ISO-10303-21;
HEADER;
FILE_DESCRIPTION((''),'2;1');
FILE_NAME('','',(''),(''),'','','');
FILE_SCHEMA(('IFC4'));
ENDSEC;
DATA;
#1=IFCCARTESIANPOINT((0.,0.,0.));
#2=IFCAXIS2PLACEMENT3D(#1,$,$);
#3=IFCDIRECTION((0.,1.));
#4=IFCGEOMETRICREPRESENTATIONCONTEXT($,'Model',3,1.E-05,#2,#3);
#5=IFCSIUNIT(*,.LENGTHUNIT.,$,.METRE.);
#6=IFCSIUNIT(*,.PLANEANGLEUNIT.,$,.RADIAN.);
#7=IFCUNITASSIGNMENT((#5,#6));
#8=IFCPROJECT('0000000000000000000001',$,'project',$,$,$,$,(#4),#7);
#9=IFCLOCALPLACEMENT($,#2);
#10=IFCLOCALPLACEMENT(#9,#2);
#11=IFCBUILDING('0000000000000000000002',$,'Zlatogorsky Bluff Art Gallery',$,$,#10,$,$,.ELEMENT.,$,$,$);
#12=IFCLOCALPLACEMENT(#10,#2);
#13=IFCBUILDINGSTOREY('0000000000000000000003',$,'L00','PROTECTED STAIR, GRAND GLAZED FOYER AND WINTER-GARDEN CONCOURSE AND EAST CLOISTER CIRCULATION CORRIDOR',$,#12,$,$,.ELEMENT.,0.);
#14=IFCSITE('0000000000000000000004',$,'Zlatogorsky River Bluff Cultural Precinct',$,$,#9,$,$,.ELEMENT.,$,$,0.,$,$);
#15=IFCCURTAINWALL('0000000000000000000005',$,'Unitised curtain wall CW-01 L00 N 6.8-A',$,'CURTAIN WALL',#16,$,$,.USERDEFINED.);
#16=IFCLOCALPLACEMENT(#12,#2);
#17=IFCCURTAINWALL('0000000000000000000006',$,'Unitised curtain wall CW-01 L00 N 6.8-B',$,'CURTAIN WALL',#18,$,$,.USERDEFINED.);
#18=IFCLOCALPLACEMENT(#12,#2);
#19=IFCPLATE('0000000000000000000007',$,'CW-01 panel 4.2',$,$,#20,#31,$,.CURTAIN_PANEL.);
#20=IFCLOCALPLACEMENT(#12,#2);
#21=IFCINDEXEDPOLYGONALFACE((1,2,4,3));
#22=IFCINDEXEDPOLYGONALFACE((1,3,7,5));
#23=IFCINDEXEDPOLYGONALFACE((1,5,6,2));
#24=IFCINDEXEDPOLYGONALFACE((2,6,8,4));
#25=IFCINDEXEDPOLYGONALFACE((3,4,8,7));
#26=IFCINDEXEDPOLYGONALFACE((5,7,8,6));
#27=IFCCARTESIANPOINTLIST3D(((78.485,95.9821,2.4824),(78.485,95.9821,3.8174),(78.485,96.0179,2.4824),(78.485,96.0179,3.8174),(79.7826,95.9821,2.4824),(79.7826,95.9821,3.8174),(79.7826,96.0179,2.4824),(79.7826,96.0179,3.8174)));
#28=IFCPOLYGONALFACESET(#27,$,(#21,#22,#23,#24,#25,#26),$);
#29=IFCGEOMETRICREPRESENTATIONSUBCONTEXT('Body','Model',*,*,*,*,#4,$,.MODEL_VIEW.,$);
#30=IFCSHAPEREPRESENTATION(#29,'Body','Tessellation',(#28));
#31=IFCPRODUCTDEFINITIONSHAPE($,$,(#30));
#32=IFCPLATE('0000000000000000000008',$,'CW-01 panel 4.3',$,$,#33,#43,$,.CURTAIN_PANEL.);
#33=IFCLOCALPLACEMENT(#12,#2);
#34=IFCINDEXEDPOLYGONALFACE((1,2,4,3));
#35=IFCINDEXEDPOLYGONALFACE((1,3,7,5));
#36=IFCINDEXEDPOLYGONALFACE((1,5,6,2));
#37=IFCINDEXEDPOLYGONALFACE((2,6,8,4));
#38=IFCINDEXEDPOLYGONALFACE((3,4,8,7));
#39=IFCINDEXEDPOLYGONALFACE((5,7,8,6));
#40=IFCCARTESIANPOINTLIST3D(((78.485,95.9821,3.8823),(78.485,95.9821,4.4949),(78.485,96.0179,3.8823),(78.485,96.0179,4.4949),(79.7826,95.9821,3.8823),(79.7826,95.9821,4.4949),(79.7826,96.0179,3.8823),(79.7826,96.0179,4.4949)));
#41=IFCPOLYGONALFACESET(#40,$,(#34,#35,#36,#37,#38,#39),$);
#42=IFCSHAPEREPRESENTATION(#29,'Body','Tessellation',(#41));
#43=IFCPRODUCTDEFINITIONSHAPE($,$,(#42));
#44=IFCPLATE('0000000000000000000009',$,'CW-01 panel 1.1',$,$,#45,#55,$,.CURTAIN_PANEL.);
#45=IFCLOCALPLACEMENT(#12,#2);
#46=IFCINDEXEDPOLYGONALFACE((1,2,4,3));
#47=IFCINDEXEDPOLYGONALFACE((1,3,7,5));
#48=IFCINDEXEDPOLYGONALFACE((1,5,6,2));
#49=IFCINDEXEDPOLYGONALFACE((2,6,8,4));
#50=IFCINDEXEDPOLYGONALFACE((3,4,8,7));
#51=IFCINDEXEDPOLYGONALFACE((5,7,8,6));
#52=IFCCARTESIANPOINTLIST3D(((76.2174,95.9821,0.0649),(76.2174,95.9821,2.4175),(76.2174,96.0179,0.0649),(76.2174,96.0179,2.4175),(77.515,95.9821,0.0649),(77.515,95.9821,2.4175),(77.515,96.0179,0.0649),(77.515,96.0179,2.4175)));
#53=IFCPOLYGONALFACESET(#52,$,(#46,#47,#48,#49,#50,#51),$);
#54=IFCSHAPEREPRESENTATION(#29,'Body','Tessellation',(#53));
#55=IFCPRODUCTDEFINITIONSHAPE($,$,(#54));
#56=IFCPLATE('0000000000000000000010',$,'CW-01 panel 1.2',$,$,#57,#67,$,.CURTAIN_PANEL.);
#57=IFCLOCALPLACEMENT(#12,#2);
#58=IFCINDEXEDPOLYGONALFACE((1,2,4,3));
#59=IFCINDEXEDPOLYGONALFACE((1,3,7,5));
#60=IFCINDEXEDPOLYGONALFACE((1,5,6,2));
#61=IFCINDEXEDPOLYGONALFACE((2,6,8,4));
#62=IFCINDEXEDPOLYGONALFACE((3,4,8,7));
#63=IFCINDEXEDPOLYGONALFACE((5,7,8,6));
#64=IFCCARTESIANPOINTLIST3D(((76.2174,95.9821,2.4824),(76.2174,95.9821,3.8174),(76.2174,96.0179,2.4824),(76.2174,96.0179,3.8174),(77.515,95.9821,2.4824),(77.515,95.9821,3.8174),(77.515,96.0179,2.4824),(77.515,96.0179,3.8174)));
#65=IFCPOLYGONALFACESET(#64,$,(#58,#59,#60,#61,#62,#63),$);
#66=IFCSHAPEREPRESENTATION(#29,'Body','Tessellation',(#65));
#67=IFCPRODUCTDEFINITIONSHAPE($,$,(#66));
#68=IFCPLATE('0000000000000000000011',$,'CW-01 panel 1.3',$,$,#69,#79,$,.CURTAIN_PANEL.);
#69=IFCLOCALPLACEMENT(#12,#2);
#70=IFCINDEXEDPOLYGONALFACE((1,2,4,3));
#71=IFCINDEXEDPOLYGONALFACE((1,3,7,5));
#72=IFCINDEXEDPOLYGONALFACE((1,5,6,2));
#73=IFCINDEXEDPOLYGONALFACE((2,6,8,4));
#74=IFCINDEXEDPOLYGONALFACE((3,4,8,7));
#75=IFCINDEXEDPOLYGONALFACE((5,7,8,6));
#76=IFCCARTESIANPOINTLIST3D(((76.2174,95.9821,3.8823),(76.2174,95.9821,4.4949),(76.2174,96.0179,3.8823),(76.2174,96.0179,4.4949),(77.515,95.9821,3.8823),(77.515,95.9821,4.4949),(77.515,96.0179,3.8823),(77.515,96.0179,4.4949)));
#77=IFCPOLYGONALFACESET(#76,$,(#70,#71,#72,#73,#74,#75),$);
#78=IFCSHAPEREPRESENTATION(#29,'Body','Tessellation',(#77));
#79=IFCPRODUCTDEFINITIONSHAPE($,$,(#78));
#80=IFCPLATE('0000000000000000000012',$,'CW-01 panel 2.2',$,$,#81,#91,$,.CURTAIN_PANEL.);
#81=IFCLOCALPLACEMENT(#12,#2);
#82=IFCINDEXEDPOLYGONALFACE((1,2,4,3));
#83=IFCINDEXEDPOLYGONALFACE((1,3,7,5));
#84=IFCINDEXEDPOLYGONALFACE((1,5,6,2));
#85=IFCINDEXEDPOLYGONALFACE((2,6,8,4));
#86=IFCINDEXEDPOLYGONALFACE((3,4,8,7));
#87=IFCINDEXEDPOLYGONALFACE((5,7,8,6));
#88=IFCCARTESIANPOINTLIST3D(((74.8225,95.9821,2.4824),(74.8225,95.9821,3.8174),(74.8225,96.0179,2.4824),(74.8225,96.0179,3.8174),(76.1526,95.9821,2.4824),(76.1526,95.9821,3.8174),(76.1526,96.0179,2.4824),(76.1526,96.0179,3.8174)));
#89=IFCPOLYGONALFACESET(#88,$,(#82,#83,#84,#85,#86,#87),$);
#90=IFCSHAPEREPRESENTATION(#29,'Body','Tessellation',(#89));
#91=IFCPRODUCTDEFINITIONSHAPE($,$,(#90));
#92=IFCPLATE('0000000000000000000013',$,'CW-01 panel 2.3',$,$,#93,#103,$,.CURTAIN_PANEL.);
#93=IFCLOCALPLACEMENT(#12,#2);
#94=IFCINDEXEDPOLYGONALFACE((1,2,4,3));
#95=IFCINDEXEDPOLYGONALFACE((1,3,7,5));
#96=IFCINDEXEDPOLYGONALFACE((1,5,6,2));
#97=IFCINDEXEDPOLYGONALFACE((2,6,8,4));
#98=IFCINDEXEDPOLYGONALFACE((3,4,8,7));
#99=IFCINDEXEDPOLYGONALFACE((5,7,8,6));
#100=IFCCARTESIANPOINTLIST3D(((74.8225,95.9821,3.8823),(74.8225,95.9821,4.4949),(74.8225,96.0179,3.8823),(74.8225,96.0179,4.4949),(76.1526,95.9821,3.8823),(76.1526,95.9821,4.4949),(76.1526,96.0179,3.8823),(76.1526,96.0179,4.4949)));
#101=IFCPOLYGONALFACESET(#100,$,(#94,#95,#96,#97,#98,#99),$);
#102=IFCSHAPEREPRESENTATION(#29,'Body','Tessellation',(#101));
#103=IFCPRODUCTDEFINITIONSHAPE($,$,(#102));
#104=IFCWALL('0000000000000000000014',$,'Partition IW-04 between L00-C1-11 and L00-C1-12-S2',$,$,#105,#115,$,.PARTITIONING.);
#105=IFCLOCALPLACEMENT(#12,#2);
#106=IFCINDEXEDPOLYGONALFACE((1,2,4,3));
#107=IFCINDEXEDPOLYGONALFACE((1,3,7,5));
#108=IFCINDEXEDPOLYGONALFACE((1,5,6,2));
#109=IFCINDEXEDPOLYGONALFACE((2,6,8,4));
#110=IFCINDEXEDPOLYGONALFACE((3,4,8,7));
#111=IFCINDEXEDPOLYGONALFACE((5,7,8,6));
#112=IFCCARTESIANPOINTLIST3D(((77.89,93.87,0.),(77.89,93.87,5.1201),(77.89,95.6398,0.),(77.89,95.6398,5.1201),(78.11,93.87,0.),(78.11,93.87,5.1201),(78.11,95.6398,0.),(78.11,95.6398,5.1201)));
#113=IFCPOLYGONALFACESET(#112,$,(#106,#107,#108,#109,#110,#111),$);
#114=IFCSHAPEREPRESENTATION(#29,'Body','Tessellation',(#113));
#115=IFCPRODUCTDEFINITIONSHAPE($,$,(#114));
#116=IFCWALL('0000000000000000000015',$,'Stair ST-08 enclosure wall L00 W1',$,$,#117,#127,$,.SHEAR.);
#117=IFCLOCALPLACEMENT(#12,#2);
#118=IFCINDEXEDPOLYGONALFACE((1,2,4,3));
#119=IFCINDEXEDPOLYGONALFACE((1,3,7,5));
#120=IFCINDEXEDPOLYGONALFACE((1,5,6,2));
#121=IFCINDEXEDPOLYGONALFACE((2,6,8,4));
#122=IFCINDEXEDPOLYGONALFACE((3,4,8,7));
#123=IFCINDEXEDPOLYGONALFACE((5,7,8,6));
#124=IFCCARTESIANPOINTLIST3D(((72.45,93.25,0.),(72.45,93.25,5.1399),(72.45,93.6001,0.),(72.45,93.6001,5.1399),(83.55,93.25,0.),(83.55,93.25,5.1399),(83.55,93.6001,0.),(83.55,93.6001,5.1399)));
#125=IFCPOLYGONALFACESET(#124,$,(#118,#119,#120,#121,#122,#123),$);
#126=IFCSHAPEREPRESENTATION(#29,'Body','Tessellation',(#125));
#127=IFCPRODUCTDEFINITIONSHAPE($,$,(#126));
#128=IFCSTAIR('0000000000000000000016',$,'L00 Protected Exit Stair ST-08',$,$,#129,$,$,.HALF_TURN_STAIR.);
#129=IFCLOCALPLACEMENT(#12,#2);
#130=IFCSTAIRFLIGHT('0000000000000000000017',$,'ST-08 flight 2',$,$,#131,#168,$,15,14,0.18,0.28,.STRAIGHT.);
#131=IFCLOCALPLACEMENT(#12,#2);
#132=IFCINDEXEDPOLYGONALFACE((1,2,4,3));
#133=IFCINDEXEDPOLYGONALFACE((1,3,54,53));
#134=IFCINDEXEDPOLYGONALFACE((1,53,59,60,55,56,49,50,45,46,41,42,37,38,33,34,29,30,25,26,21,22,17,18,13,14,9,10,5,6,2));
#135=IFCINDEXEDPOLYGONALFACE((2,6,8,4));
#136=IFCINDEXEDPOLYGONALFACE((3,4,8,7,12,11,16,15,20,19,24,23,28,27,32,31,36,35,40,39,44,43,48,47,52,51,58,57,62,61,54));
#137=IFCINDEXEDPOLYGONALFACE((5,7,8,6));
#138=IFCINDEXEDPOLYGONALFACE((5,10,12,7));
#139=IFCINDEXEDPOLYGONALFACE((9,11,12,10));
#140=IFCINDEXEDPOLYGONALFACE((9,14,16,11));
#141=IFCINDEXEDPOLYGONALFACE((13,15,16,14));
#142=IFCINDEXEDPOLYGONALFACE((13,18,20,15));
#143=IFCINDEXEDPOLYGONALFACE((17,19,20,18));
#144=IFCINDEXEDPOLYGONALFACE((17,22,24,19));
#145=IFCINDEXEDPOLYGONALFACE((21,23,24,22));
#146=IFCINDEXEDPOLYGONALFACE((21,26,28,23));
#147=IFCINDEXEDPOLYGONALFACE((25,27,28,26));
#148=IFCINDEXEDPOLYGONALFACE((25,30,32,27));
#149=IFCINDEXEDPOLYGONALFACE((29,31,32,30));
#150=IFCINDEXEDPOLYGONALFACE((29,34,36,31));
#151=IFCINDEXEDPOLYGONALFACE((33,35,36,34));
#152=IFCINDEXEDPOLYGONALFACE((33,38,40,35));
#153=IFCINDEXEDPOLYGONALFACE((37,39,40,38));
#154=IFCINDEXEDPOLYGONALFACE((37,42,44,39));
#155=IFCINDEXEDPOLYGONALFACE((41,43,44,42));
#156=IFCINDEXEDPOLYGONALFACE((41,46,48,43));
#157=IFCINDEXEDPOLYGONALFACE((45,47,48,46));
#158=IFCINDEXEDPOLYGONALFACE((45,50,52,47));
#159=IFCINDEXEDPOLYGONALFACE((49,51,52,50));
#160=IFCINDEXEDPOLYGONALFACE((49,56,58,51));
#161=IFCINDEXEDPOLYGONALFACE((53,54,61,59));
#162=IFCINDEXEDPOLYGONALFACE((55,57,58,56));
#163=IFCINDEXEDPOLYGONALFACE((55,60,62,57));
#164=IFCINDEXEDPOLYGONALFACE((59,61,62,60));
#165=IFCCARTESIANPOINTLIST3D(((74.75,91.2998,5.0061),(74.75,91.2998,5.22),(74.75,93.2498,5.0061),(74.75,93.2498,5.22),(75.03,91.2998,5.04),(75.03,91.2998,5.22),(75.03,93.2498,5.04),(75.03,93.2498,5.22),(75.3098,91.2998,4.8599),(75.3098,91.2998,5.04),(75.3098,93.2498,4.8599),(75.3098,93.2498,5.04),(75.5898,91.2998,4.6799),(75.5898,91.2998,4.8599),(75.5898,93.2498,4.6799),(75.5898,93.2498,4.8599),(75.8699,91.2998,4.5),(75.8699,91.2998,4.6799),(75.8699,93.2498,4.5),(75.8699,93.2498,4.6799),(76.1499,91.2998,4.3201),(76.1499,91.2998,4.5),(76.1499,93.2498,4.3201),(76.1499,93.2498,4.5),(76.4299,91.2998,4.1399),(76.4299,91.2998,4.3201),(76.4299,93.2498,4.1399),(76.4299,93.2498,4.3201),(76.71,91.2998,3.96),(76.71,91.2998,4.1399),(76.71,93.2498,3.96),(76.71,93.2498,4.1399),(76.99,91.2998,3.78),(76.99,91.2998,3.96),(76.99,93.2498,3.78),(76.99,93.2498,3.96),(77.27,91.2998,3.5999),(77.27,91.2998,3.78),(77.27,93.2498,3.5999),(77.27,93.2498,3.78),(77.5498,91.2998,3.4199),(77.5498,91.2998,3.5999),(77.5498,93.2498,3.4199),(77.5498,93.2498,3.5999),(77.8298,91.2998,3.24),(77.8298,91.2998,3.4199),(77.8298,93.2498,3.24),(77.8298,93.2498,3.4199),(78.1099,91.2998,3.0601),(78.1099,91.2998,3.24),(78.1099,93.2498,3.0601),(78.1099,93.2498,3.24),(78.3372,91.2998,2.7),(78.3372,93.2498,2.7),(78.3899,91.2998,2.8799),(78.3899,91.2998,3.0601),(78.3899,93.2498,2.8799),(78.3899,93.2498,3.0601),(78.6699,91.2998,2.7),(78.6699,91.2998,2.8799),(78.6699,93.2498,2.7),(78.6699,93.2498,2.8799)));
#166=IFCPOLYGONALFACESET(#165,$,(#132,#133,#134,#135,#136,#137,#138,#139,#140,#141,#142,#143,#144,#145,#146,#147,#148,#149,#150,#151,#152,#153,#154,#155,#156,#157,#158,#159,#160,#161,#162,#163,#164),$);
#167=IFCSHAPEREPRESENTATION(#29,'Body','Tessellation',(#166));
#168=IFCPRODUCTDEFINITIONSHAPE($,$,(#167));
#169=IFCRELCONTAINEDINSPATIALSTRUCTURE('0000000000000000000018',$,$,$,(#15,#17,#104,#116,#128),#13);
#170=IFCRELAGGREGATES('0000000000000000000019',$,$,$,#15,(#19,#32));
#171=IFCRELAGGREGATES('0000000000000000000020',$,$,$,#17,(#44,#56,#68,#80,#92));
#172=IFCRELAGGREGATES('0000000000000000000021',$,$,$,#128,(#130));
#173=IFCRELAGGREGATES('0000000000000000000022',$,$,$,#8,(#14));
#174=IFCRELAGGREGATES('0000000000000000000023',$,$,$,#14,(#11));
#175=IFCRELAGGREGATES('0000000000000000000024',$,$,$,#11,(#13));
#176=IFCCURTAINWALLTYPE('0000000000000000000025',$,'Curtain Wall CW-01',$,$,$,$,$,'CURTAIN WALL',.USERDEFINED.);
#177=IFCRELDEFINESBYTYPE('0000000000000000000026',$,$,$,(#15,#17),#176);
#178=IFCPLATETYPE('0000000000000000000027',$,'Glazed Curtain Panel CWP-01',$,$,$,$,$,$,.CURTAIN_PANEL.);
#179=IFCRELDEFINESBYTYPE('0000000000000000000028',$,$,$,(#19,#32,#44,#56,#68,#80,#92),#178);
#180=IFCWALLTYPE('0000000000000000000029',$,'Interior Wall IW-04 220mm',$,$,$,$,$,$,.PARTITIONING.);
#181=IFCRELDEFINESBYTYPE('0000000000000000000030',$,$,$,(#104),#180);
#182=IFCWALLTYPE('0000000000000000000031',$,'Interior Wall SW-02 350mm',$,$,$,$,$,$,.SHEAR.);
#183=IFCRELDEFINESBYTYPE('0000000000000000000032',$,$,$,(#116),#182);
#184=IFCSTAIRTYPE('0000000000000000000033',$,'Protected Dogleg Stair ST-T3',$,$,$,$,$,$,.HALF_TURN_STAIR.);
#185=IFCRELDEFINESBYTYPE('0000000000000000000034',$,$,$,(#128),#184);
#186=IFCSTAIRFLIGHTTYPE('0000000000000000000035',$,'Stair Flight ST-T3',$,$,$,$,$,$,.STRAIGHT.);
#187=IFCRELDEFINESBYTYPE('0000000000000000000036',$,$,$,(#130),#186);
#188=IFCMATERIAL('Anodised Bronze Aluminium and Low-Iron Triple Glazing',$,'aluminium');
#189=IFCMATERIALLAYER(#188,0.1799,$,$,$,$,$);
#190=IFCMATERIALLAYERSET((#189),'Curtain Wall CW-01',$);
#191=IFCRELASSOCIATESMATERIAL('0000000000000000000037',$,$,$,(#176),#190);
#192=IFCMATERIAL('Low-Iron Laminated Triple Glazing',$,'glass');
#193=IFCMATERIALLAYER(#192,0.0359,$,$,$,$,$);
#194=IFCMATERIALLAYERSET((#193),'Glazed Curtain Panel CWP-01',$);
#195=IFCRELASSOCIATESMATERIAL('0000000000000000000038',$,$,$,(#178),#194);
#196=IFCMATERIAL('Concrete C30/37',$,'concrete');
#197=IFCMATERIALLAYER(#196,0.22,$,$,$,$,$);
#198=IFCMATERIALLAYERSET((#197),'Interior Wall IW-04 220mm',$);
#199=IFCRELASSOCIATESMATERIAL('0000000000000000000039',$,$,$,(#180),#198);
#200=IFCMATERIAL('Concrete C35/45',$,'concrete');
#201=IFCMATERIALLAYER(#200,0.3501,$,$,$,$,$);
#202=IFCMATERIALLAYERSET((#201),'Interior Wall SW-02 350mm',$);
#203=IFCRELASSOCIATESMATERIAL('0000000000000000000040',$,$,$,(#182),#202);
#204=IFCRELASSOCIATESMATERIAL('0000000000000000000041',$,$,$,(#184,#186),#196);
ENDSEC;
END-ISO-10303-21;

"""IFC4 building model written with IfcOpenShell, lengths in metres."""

from ifc_helpers import new_model, si_unit, direction, frame, frame_2d, origin, origin_2d, place, context, subcontext, project, spatial, polyline, rectangle, outline, extrude, material, layer, layer_set, type_object, element, aggregate, save


model = new_model("IFC4")

# Units and contexts
model_context = context("Model", 3, precision=1e-05, world=origin(), true_north=direction((0.0, 1.0)))
body_context = subcontext(model_context, "Body", "Model", "MODEL_VIEW")
ifc_project = project(units=[si_unit("LENGTHUNIT", "METRE"), si_unit("PLANEANGLEUNIT", "RADIAN")], contexts=[model_context])

# Site, building, storey
site_placement = place(None, origin())
site = spatial("IfcSite", under=ifc_project, at=site_placement, Name="Zlatogorsky River Bluff Cultural Precinct", CompositionType="ELEMENT", RefElevation=0.0)
building_placement = place(site_placement, origin())
building = spatial("IfcBuilding", under=site, at=building_placement, Name="Zlatogorsky Bluff Art Gallery", CompositionType="ELEMENT")
storey_placement = place(building_placement, origin())
storey = spatial("IfcBuildingStorey", under=building, at=storey_placement, Name="L00", Description="PROTECTED STAIR, GRAND GLAZED FOYER AND WINTER-GARDEN CONCOURSE AND EAST CLOISTER CIRCULATION CORRIDOR", CompositionType="ELEMENT", Elevation=0.0)

# Curtain wall
ifc_material_1 = material(Name="Anodised Bronze Aluminium and Low-Iron Triple Glazing", Category="aluminium")
ifc_layer_1 = layer(ifc_material_1, 0.1799)
ifc_layer_set_1 = layer_set([ifc_layer_1], Name="Curtain Wall CW-01")
curtain_wall_type = type_object("IfcCurtainWallType", Name="Curtain Wall CW-01", ElementType="CURTAIN WALL", PredefinedType="USERDEFINED", material=ifc_layer_set_1)
curtain_wall_1_placement = place(storey_placement, origin())
curtain_wall_1 = element("IfcCurtainWall", 1, at=curtain_wall_1_placement, inside=storey, type_object=curtain_wall_type, Name="Unitised curtain wall CW-01 L00 N 6.8-A", ObjectType="CURTAIN WALL", PredefinedType="USERDEFINED")

# Curtain wall
curtain_wall_2_placement = place(storey_placement, origin())
curtain_wall_2 = element("IfcCurtainWall", 2, at=curtain_wall_2_placement, inside=storey, type_object=curtain_wall_type, Name="Unitised curtain wall CW-01 L00 N 6.8-B", ObjectType="CURTAIN WALL", PredefinedType="USERDEFINED")

# Plates
ifc_material_2 = material(Name="Low-Iron Laminated Triple Glazing", Category="glass")
ifc_layer_2 = layer(ifc_material_2, 0.0359)
ifc_layer_set_2 = layer_set([ifc_layer_2], Name="Glazed Curtain Panel CWP-01")
plate_type = type_object("IfcPlateType", Name="Glazed Curtain Panel CWP-01", PredefinedType="CURTAIN_PANEL", material=ifc_layer_set_2)
plate_1_placement = place(storey_placement, frame((79.1338, 96.0, 2.4824), z_axis=(0.0, 0.0, 1.0), x_axis=(-1.0, 0.0, 0.0)))
plate_1 = element("IfcPlate", 3, at=plate_1_placement, type_object=plate_type, Name="CW-01 panel 4.2", PredefinedType="CURTAIN_PANEL", context=body_context, shape_type="SweptSolid", body=[
    extrude(rectangle(XDim=1.2976, YDim=0.0359, at=origin_2d()), origin(), (0.0, 0.0, 1.0), 1.335),
])
plate_2_placement = place(storey_placement, frame((79.1338, 96.0, 3.8823), z_axis=(0.0, 0.0, 1.0), x_axis=(-1.0, 0.0, 0.0)))
plate_2 = element("IfcPlate", 4, at=plate_2_placement, type_object=plate_type, Name="CW-01 panel 4.3", PredefinedType="CURTAIN_PANEL", context=body_context, shape_type="SweptSolid", body=[
    extrude(rectangle(XDim=1.2976, YDim=0.0359, at=origin_2d()), origin(), (0.0, 0.0, 1.0), 0.6125),
])
aggregate(curtain_wall_1, [plate_1, plate_2])
plate_3_placement = place(storey_placement, frame((76.8662, 96.0, 0.0649), z_axis=(0.0, 0.0, 1.0), x_axis=(-1.0, 0.0, 0.0)))
plate_3 = element("IfcPlate", 5, at=plate_3_placement, type_object=plate_type, Name="CW-01 panel 1.1", PredefinedType="CURTAIN_PANEL", context=body_context, shape_type="SweptSolid", body=[
    extrude(rectangle(XDim=1.2976, YDim=0.0359, at=origin_2d()), origin(), (0.0, 0.0, 1.0), 2.3525),
])
plate_4_placement = place(storey_placement, frame((76.8662, 96.0, 2.4824), z_axis=(0.0, 0.0, 1.0), x_axis=(-1.0, 0.0, 0.0)))
plate_4 = element("IfcPlate", 6, at=plate_4_placement, type_object=plate_type, Name="CW-01 panel 1.2", PredefinedType="CURTAIN_PANEL", context=body_context, shape_type="SweptSolid", body=[
    extrude(rectangle(XDim=1.2976, YDim=0.0359, at=origin_2d()), origin(), (0.0, 0.0, 1.0), 1.335),
])
plate_5_placement = place(storey_placement, frame((76.8662, 96.0, 3.8823), z_axis=(0.0, 0.0, 1.0), x_axis=(-1.0, 0.0, 0.0)))
plate_5 = element("IfcPlate", 7, at=plate_5_placement, type_object=plate_type, Name="CW-01 panel 1.3", PredefinedType="CURTAIN_PANEL", context=body_context, shape_type="SweptSolid", body=[
    extrude(rectangle(XDim=1.2976, YDim=0.0359, at=origin_2d()), origin(), (0.0, 0.0, 1.0), 0.6125),
])
plate_6_placement = place(storey_placement, frame((75.4875, 96.0, 2.4824), z_axis=(0.0, 0.0, 1.0), x_axis=(-1.0, 0.0, 0.0)))
plate_6 = element("IfcPlate", 8, at=plate_6_placement, type_object=plate_type, Name="CW-01 panel 2.2", PredefinedType="CURTAIN_PANEL", context=body_context, shape_type="SweptSolid", body=[
    extrude(rectangle(XDim=1.3301, YDim=0.0359, at=origin_2d()), origin(), (0.0, 0.0, 1.0), 1.335),
])
plate_7_placement = place(storey_placement, frame((75.4875, 96.0, 3.8823), z_axis=(0.0, 0.0, 1.0), x_axis=(-1.0, 0.0, 0.0)))
plate_7 = element("IfcPlate", 9, at=plate_7_placement, type_object=plate_type, Name="CW-01 panel 2.3", PredefinedType="CURTAIN_PANEL", context=body_context, shape_type="SweptSolid", body=[
    extrude(rectangle(XDim=1.3301, YDim=0.0359, at=origin_2d()), origin(), (0.0, 0.0, 1.0), 0.6125),
])
aggregate(curtain_wall_2, [plate_3, plate_4, plate_5, plate_6, plate_7])

# Walls
ifc_material_3 = material(Name="Concrete C30/37", Category="concrete")
ifc_layer_3 = layer(ifc_material_3, 0.22)
ifc_layer_set_3 = layer_set([ifc_layer_3], Name="Interior Wall IW-04 220mm")
wall_type_1 = type_object("IfcWallType", Name="Interior Wall IW-04 220mm", PredefinedType="PARTITIONING", material=ifc_layer_set_3)
wall_1_placement = place(storey_placement, frame((78.0, 93.8701, 0.0), z_axis=(0.0, 0.0, 1.0), x_axis=(0.0, 1.0, 0.0)))
element("IfcWall", 10, at=wall_1_placement, inside=storey, type_object=wall_type_1, Name="Partition IW-04 between L00-C1-11 and L00-C1-12-S2", PredefinedType="PARTITIONING", context=body_context, shape_type="SweptSolid", body=[
    extrude(rectangle(XDim=1.7698, YDim=0.22, at=frame_2d((0.8848, 0.0))), origin(), (0.0, 0.0, 1.0), 5.1201),
])
ifc_material_4 = material(Name="Concrete C35/45", Category="concrete")
ifc_layer_4 = layer(ifc_material_4, 0.3501)
ifc_layer_set_4 = layer_set([ifc_layer_4], Name="Interior Wall SW-02 350mm")
wall_type_2 = type_object("IfcWallType", Name="Interior Wall SW-02 350mm", PredefinedType="SHEAR", material=ifc_layer_set_4)
wall_2_placement = place(storey_placement, frame((83.55, 93.425, 0.0), z_axis=(0.0, 0.0, 1.0), x_axis=(-1.0, 0.0, 0.0)))
element("IfcWall", 11, at=wall_2_placement, inside=storey, type_object=wall_type_2, Name="Stair ST-08 enclosure wall L00 W1", PredefinedType="SHEAR", context=body_context, shape_type="SweptSolid", body=[
    extrude(rectangle(XDim=11.1001, YDim=0.3501, at=frame_2d((5.55, 0.0))), origin(), (0.0, 0.0, 1.0), 5.1399),
])

# Stair, stair flight
stair_type = type_object("IfcStairType", Name="Protected Dogleg Stair ST-T3", PredefinedType="HALF_TURN_STAIR", material=ifc_material_3)
stair_placement = place(storey_placement, origin())
stair = element("IfcStair", 12, at=stair_placement, inside=storey, type_object=stair_type, Name="L00 Protected Exit Stair ST-08", PredefinedType="HALF_TURN_STAIR")
stair_flight_type = type_object("IfcStairFlightType", Name="Stair Flight ST-T3", PredefinedType="STRAIGHT", material=ifc_material_3)
stair_flight_placement = place(storey_placement, frame((78.6699, 92.2749, 2.7), z_axis=(0.0, 0.0, 1.0), x_axis=(-1.0, 0.0, 0.0)))
stair_flight = element("IfcStairFlight", 13, at=stair_flight_placement, type_object=stair_flight_type, Name="ST-08 flight 2", NumberOfRisers=15, NumberOfTreads=14, PredefinedType="STRAIGHT", RiserHeight=0.18, TreadLength=0.28, context=body_context, shape_type="SweptSolid", body=[
    extrude(outline(polyline([(0.0, 0.0), (0.0, 0.1799), (0.28, 0.1799), (0.28, 0.3601), (0.5601, 0.3601), (0.5601, 0.54), (0.8401, 0.54), (0.8401, 0.72), (1.1201, 0.72), (1.1201, 0.8999), (1.3999, 0.8999), (1.3999, 1.0801), (1.6799, 1.0801), (1.6799, 1.26), (1.96, 1.26), (1.96, 1.4399), (2.24, 1.4399), (2.24, 1.6201), (2.52, 1.6201), (2.52, 1.8), (2.8, 1.8), (2.8, 1.98), (3.0801, 1.98), (3.0801, 2.1599), (3.3601, 2.1599), (3.3601, 2.3401), (3.6399, 2.3401), (3.6399, 2.52), (3.9199, 2.52), (3.9199, 2.7), (3.9199, 2.3062), (0.3328, 0.0), (0.0, 0.0)])), frame((0.0, 0.9751, 0.0), z_axis=(0.0, -1.0, 0.0), x_axis=(1.0, 0.0, 0.0)), (0.0, 0.0, 1.0), 1.95),
])
aggregate(stair, [stair_flight])

save(model, "model.ifc")
